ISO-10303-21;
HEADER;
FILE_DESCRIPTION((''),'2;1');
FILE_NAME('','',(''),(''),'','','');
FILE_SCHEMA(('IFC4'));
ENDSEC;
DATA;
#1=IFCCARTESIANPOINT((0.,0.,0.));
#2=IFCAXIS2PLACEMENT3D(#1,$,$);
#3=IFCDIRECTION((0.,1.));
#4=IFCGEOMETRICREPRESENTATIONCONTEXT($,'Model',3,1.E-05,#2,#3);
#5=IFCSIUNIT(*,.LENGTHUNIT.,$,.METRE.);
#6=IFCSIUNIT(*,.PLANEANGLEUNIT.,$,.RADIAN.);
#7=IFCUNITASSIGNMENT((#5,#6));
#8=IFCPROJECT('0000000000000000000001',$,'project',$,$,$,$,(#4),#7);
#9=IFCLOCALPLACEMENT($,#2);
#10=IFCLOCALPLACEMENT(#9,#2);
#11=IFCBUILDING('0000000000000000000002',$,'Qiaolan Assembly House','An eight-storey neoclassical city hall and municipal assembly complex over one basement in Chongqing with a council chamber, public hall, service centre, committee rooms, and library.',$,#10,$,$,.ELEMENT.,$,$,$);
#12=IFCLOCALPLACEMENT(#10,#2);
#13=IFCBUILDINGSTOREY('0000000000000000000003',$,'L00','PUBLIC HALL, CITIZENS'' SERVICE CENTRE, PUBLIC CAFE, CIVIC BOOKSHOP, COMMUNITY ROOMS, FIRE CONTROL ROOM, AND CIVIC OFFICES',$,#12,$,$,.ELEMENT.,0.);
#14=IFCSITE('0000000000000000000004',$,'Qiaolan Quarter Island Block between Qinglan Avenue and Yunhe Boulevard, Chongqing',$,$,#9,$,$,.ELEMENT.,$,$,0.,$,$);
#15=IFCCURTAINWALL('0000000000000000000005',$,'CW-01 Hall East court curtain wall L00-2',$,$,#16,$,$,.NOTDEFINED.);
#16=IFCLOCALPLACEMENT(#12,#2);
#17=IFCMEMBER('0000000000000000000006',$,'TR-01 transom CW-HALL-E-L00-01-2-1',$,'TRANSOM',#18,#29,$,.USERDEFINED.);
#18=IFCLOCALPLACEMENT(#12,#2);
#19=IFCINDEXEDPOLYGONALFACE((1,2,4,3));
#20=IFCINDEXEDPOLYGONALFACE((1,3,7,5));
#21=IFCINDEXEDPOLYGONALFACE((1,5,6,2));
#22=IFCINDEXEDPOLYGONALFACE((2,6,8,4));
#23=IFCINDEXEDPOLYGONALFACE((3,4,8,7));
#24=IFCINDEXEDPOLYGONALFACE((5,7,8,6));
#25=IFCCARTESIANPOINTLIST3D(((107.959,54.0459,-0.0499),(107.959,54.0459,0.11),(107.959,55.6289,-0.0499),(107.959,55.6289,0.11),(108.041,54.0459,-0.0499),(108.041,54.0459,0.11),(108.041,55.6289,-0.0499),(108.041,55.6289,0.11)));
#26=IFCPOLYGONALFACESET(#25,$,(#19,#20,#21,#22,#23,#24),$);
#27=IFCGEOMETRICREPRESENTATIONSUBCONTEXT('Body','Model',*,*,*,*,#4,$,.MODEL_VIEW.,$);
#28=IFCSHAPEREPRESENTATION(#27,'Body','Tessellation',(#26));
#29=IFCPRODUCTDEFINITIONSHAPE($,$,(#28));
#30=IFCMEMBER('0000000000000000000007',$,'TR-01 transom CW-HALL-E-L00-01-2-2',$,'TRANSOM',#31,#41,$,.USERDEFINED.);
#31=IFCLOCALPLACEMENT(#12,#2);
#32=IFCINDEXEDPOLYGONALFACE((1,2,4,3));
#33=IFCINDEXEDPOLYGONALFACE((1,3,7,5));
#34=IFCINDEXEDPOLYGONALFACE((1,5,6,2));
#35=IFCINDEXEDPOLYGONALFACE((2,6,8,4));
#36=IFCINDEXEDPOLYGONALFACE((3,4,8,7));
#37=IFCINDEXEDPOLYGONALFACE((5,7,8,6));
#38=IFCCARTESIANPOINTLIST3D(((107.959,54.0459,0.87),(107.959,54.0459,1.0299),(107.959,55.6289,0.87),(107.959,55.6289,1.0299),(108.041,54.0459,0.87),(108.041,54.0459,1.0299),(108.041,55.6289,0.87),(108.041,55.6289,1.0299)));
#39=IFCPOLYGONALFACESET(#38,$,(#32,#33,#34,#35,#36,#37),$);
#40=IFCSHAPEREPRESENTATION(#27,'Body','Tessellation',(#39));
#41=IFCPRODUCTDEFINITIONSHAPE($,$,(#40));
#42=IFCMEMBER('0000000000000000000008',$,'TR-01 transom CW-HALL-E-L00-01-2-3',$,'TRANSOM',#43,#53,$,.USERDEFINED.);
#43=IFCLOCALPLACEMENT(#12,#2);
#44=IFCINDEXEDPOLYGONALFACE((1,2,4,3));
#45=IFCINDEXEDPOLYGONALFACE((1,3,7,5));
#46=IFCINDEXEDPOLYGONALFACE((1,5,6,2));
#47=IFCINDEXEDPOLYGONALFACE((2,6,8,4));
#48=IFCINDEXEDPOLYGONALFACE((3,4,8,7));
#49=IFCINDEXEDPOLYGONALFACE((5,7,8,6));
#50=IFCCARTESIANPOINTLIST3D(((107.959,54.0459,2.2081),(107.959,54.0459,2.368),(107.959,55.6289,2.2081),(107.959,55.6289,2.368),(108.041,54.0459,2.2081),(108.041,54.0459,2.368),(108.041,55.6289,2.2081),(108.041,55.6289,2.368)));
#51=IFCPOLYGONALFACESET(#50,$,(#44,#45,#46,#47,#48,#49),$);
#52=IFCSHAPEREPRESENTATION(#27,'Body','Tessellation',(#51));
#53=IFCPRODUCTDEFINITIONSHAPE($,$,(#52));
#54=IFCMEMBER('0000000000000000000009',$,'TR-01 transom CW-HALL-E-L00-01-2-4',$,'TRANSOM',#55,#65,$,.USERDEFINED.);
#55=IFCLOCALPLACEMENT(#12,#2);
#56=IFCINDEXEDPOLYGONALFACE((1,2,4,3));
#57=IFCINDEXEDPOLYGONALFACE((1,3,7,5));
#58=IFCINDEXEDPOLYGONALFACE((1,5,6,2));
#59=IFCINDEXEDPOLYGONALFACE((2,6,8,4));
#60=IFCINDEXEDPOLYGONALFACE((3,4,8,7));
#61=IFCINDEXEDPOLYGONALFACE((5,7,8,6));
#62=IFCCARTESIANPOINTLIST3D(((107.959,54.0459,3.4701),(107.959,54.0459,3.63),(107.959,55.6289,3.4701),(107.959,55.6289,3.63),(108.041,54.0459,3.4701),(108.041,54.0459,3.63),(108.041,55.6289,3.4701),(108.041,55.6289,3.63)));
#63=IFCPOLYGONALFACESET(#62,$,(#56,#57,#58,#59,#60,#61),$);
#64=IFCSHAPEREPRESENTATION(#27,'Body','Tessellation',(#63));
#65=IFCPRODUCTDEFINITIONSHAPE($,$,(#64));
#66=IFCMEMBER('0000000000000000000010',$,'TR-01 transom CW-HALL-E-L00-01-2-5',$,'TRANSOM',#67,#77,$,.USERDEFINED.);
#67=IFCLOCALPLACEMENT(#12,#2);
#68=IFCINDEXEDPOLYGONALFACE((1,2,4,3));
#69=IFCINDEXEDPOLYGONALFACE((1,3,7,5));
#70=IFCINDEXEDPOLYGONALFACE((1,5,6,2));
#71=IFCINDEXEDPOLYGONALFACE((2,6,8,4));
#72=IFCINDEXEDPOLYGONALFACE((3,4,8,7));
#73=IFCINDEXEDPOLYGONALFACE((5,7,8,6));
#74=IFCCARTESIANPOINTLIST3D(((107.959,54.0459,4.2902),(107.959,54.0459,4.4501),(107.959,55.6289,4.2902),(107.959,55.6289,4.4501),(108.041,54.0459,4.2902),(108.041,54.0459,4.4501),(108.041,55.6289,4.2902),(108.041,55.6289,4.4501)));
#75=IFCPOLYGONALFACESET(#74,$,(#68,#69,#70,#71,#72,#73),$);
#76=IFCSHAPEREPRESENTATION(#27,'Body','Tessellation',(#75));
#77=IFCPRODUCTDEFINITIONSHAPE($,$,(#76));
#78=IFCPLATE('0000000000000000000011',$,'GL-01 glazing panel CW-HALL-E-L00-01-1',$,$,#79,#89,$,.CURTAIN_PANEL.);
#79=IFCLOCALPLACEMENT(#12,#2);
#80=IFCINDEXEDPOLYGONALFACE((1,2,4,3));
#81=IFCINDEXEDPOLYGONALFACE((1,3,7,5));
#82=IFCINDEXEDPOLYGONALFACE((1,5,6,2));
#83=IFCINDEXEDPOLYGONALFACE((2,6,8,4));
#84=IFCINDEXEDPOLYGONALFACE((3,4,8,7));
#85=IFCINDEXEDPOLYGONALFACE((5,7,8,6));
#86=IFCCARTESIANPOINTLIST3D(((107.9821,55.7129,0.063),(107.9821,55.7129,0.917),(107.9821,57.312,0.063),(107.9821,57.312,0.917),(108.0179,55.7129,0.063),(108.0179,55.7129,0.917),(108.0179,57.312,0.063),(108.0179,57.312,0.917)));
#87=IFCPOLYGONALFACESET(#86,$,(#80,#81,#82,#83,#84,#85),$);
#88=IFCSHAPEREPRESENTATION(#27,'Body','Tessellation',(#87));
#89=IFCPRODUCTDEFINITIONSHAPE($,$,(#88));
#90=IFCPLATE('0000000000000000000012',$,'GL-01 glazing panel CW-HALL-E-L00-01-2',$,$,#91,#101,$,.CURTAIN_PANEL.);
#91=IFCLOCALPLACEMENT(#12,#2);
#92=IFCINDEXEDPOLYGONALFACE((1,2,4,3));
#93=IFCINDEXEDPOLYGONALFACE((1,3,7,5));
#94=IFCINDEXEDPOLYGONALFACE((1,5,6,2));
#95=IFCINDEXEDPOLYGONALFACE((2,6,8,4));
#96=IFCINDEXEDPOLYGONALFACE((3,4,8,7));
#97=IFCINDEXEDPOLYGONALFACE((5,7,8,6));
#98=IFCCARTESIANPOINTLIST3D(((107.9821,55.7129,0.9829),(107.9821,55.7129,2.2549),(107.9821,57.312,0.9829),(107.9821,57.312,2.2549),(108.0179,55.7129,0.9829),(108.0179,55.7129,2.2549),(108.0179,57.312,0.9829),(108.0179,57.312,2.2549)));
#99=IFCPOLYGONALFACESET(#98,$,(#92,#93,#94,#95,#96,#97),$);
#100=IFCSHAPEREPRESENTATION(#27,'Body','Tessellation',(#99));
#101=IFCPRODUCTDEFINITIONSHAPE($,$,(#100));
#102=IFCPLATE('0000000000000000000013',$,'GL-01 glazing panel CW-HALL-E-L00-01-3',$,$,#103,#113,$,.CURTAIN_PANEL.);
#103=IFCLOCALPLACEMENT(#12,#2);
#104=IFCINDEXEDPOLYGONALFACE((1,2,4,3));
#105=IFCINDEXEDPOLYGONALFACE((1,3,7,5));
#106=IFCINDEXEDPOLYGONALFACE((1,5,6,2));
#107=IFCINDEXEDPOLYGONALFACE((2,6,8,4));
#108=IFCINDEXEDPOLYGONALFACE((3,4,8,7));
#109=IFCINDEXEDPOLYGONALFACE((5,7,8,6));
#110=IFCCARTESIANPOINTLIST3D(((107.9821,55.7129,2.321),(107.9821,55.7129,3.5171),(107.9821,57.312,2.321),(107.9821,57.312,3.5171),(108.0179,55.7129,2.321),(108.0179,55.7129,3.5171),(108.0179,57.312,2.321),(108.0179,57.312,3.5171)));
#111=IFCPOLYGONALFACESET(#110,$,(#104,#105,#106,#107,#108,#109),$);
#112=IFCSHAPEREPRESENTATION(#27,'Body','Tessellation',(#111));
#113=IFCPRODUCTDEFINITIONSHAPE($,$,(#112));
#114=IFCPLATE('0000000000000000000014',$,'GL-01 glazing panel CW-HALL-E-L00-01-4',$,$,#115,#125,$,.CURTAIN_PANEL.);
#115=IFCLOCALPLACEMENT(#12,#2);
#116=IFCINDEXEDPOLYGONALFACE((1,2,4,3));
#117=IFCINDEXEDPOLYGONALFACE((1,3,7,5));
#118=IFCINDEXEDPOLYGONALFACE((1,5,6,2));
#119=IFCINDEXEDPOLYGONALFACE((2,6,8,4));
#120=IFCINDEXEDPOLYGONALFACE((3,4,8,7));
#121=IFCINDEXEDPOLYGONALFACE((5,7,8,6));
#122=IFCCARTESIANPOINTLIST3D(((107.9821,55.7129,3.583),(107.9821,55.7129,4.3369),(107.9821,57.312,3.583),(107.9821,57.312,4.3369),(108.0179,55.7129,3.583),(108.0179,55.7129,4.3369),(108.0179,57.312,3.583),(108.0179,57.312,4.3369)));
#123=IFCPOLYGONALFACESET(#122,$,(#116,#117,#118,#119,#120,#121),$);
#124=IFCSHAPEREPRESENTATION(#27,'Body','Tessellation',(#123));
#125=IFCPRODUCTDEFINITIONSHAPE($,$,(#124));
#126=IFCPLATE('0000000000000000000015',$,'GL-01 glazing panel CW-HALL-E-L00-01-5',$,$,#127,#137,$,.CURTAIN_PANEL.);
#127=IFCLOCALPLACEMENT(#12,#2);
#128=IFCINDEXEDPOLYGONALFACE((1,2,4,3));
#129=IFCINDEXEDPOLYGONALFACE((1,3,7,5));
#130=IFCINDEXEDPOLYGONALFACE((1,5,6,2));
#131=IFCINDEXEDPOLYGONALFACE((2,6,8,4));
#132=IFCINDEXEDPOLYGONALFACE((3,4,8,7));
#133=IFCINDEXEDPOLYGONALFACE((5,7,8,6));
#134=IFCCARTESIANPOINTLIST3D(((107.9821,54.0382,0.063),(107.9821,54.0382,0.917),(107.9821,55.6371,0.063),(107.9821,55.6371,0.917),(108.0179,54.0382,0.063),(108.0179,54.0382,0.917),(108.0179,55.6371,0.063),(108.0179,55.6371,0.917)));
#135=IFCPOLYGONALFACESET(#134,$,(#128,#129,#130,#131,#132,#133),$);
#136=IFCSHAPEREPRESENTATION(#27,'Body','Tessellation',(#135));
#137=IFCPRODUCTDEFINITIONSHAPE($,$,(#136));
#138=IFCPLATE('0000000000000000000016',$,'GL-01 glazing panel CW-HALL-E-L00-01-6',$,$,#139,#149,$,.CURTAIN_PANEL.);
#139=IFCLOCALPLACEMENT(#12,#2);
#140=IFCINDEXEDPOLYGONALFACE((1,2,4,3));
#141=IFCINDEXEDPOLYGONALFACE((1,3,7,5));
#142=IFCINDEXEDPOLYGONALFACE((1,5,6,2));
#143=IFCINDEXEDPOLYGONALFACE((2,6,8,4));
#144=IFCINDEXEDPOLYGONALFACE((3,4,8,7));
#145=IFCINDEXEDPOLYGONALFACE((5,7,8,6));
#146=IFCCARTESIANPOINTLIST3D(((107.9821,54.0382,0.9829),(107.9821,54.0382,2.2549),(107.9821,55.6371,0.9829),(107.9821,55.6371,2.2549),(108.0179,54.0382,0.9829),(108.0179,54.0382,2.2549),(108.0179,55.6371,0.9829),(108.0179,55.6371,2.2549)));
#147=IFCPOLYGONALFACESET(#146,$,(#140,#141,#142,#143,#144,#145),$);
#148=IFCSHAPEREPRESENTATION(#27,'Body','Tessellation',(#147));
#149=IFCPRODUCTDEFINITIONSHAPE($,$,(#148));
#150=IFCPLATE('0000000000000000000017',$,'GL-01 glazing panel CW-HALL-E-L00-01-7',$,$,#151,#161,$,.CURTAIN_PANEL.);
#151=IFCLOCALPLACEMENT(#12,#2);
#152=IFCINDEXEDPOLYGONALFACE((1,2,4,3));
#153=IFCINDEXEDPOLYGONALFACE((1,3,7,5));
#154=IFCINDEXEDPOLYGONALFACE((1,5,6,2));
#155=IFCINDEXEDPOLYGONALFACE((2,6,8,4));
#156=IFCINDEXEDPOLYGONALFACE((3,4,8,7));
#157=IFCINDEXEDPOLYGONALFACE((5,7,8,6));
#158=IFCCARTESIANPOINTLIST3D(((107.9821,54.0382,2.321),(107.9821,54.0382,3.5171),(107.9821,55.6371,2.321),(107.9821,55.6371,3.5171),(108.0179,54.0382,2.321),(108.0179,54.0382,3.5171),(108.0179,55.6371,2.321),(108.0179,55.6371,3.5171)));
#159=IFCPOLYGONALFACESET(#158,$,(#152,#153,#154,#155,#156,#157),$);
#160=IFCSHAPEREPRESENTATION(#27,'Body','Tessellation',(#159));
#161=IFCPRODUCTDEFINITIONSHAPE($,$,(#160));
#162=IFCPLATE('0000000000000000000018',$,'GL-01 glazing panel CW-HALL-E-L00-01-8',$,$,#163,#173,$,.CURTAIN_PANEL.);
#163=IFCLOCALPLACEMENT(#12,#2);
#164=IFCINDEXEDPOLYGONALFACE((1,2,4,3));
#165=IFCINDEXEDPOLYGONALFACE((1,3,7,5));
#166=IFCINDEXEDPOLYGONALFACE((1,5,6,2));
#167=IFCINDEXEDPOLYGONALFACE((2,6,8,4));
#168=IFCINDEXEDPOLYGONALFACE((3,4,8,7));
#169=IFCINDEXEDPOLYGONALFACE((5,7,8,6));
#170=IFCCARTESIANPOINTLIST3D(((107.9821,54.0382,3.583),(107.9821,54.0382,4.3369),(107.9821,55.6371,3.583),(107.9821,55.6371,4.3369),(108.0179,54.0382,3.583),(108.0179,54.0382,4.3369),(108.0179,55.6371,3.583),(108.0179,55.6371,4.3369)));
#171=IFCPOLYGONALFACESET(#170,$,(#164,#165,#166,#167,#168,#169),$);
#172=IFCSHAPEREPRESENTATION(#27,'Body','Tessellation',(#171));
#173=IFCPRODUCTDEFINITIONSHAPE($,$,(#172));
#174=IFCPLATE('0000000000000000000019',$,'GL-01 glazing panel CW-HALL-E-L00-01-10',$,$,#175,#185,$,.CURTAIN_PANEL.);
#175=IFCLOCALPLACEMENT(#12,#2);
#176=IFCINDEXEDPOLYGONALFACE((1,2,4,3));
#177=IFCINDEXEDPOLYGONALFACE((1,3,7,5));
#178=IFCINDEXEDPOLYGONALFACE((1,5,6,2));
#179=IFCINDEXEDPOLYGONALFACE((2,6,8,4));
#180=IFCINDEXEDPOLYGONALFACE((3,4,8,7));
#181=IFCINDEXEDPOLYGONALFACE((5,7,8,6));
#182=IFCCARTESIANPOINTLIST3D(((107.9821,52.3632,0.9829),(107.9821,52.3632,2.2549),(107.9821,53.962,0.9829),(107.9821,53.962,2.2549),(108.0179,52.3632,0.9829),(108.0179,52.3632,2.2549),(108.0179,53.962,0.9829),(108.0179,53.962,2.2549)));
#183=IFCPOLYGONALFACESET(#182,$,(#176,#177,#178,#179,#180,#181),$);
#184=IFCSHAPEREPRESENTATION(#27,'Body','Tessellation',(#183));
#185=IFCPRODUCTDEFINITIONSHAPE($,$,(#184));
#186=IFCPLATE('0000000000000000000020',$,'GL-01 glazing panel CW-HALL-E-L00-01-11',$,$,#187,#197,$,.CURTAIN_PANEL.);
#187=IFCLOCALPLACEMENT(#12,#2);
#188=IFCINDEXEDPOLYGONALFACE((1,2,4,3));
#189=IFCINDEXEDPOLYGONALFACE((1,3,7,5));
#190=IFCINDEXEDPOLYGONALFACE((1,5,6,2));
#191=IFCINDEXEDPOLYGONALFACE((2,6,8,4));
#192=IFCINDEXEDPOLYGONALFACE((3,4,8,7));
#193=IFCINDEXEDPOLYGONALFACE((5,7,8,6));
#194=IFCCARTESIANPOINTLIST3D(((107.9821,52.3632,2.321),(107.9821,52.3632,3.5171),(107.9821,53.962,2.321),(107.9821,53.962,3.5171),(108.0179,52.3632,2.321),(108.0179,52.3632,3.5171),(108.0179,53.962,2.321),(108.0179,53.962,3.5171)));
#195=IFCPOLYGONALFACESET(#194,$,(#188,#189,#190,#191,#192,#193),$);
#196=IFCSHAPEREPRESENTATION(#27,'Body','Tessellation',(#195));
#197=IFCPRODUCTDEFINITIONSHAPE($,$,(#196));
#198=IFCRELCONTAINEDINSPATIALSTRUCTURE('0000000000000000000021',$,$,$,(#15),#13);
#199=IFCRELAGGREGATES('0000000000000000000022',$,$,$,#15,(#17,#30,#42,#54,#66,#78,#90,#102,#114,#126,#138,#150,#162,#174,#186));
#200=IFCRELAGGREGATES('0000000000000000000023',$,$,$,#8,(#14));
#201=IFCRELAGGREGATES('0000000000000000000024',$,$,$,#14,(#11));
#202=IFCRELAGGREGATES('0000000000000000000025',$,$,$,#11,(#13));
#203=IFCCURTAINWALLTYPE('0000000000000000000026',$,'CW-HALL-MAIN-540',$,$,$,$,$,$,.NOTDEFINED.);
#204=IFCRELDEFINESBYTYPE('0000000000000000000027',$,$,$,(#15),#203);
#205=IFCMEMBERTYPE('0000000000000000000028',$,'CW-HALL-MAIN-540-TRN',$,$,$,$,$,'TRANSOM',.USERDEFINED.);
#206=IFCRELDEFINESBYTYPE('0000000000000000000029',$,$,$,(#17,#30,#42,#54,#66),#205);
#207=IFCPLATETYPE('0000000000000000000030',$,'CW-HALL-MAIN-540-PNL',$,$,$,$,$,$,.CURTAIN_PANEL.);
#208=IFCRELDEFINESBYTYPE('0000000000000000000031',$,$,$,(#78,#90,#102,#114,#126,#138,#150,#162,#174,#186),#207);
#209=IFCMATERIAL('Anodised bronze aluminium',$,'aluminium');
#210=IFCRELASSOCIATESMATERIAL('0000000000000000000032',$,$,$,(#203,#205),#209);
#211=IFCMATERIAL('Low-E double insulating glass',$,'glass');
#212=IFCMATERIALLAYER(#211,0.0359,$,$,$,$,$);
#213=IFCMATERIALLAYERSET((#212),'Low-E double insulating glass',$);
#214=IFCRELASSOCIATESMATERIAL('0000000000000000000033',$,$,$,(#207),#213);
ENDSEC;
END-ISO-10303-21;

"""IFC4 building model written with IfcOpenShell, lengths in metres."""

from ifc_helpers import new_model, si_unit, direction, frame, frame_2d, origin, origin_2d, place, context, subcontext, project, spatial, rectangle, extrude, material, layer, layer_set, material_profile, profile_set, type_object, element, aggregate, save


model = new_model("IFC4")

# Units and contexts
model_context = context("Model", 3, precision=1e-05, world=origin(), true_north=direction((0.0, 1.0)))
body_context = subcontext(model_context, "Body", "Model", "MODEL_VIEW")
ifc_project = project(units=[si_unit("LENGTHUNIT", "METRE"), si_unit("PLANEANGLEUNIT", "RADIAN")], contexts=[model_context])

# Site, building, storey
site_placement = place(None, origin())
site = spatial("IfcSite", under=ifc_project, at=site_placement, Name="Qiaolan Quarter Island Block between Qinglan Avenue and Yunhe Boulevard, Chongqing", CompositionType="ELEMENT", RefElevation=0.0)
building_placement = place(site_placement, origin())
building = spatial("IfcBuilding", under=site, at=building_placement, Name="Qiaolan Assembly House", Description="An eight-storey neoclassical city hall and municipal assembly complex over one basement in Chongqing with a council chamber, public hall, service centre, committee rooms, and library.", CompositionType="ELEMENT")
storey_placement = place(building_placement, origin())
storey = spatial("IfcBuildingStorey", under=building, at=storey_placement, Name="L00", Description="PUBLIC HALL, CITIZENS' SERVICE CENTRE, PUBLIC CAFE, CIVIC BOOKSHOP, COMMUNITY ROOMS, FIRE CONTROL ROOM, AND CIVIC OFFICES", CompositionType="ELEMENT", Elevation=0.0)

# Curtain wall, members, plates
ifc_material_1 = material(Name="Anodised bronze aluminium", Category="aluminium")
curtain_wall_type = type_object("IfcCurtainWallType", Name="CW-HALL-MAIN-540", PredefinedType="NOTDEFINED", material=ifc_material_1)
curtain_wall_placement = place(storey_placement, origin())
curtain_wall = element("IfcCurtainWall", 1, at=curtain_wall_placement, inside=storey, type_object=curtain_wall_type, Name="CW-01 Hall East court curtain wall L00-2", PredefinedType="NOTDEFINED")
ifc_material_profile_1 = material_profile(ifc_material_1, rectangle(XDim=0.082, YDim=0.1599, at=origin_2d()), Name="TRN 82x160")
ifc_profile_set_1 = profile_set([ifc_material_profile_1], Name="Anodised bronze aluminium")
member_type_1 = type_object("IfcMemberType", Name="CW-HALL-MAIN-540-TRN", ElementType="TRANSOM", PredefinedType="USERDEFINED", material=ifc_profile_set_1)
member_1_placement = place(storey_placement, frame((108.0, 55.6289, 0.03), z_axis=(0.0, -1.0, 0.0), x_axis=(1.0, 0.0, 0.0)))
member_1 = element("IfcMember", 2, at=member_1_placement, type_object=member_type_1, Name="TR-01 transom CW-HALL-E-L00-01-2-1", ObjectType="TRANSOM", PredefinedType="USERDEFINED", context=body_context, shape_type="SweptSolid", body=[
    extrude(rectangle(XDim=0.082, YDim=0.1599, at=origin_2d()), origin(), (0.0, 0.0, 1.0), 1.583),
])
member_2_placement = place(storey_placement, frame((108.0, 55.6289, 0.95), z_axis=(0.0, -1.0, 0.0), x_axis=(1.0, 0.0, 0.0)))
member_2 = element("IfcMember", 3, at=member_2_placement, type_object=member_type_1, Name="TR-01 transom CW-HALL-E-L00-01-2-2", ObjectType="TRANSOM", PredefinedType="USERDEFINED", context=body_context, shape_type="SweptSolid", body=[
    extrude(rectangle(XDim=0.082, YDim=0.1599, at=origin_2d()), origin(), (0.0, 0.0, 1.0), 1.583),
])
member_3_placement = place(storey_placement, frame((108.0, 55.6289, 2.2881), z_axis=(0.0, -1.0, 0.0), x_axis=(1.0, 0.0, 0.0)))
member_3 = element("IfcMember", 4, at=member_3_placement, type_object=member_type_1, Name="TR-01 transom CW-HALL-E-L00-01-2-3", ObjectType="TRANSOM", PredefinedType="USERDEFINED", context=body_context, shape_type="SweptSolid", body=[
    extrude(rectangle(XDim=0.082, YDim=0.1599, at=origin_2d()), origin(), (0.0, 0.0, 1.0), 1.583),
])
member_4_placement = place(storey_placement, frame((108.0, 55.6289, 3.55), z_axis=(0.0, -1.0, 0.0), x_axis=(1.0, 0.0, 0.0)))
member_4 = element("IfcMember", 5, at=member_4_placement, type_object=member_type_1, Name="TR-01 transom CW-HALL-E-L00-01-2-4", ObjectType="TRANSOM", PredefinedType="USERDEFINED", context=body_context, shape_type="SweptSolid", body=[
    extrude(rectangle(XDim=0.082, YDim=0.1599, at=origin_2d()), origin(), (0.0, 0.0, 1.0), 1.583),
])
member_5_placement = place(storey_placement, frame((108.0, 55.6289, 4.3701), z_axis=(0.0, -1.0, 0.0), x_axis=(1.0, 0.0, 0.0)))
member_5 = element("IfcMember", 6, at=member_5_placement, type_object=member_type_1, Name="TR-01 transom CW-HALL-E-L00-01-2-5", ObjectType="TRANSOM", PredefinedType="USERDEFINED", context=body_context, shape_type="SweptSolid", body=[
    extrude(rectangle(XDim=0.082, YDim=0.1599, at=origin_2d()), origin(), (0.0, 0.0, 1.0), 1.583),
])
ifc_material_2 = material(Name="Low-E double insulating glass", Category="glass")
ifc_layer = layer(ifc_material_2, 0.0359)
ifc_layer_set = layer_set([ifc_layer], Name="Low-E double insulating glass")
plate_type = type_object("IfcPlateType", Name="CW-HALL-MAIN-540-PNL", PredefinedType="CURTAIN_PANEL", material=ifc_layer_set)
plate_1_placement = place(storey_placement, frame((108.0, 57.312, 0.063), z_axis=(0.0, 0.0, 1.0), x_axis=(0.0, -1.0, 0.0)))
plate_1 = element("IfcPlate", 7, at=plate_1_placement, type_object=plate_type, Name="GL-01 glazing panel CW-HALL-E-L00-01-1", PredefinedType="CURTAIN_PANEL", context=body_context, shape_type="SweptSolid", body=[
    extrude(rectangle(XDim=1.5991, YDim=0.0359, at=frame_2d((0.7996, 0.0))), origin(), (0.0, 0.0, 1.0), 0.854),
])
plate_2_placement = place(storey_placement, frame((108.0, 57.312, 0.9829), z_axis=(0.0, 0.0, 1.0), x_axis=(0.0, -1.0, 0.0)))
plate_2 = element("IfcPlate", 8, at=plate_2_placement, type_object=plate_type, Name="GL-01 glazing panel CW-HALL-E-L00-01-2", PredefinedType="CURTAIN_PANEL", context=body_context, shape_type="SweptSolid", body=[
    extrude(rectangle(XDim=1.5991, YDim=0.0359, at=frame_2d((0.7996, 0.0))), origin(), (0.0, 0.0, 1.0), 1.272),
])
plate_3_placement = place(storey_placement, frame((108.0, 57.312, 2.321), z_axis=(0.0, 0.0, 1.0), x_axis=(0.0, -1.0, 0.0)))
plate_3 = element("IfcPlate", 9, at=plate_3_placement, type_object=plate_type, Name="GL-01 glazing panel CW-HALL-E-L00-01-3", PredefinedType="CURTAIN_PANEL", context=body_context, shape_type="SweptSolid", body=[
    extrude(rectangle(XDim=1.5991, YDim=0.0359, at=frame_2d((0.7996, 0.0))), origin(), (0.0, 0.0, 1.0), 1.196),
])
plate_4_placement = place(storey_placement, frame((108.0, 57.312, 3.583), z_axis=(0.0, 0.0, 1.0), x_axis=(0.0, -1.0, 0.0)))
plate_4 = element("IfcPlate", 10, at=plate_4_placement, type_object=plate_type, Name="GL-01 glazing panel CW-HALL-E-L00-01-4", PredefinedType="CURTAIN_PANEL", context=body_context, shape_type="SweptSolid", body=[
    extrude(rectangle(XDim=1.5991, YDim=0.0359, at=frame_2d((0.7996, 0.0))), origin(), (0.0, 0.0, 1.0), 0.7539),
])
plate_5_placement = place(storey_placement, frame((108.0, 55.637, 0.063), z_axis=(0.0, 0.0, 1.0), x_axis=(0.0, -1.0, 0.0)))
plate_5 = element("IfcPlate", 11, at=plate_5_placement, type_object=plate_type, Name="GL-01 glazing panel CW-HALL-E-L00-01-5", PredefinedType="CURTAIN_PANEL", context=body_context, shape_type="SweptSolid", body=[
    extrude(rectangle(XDim=1.5989, YDim=0.0359, at=frame_2d((0.7993, 0.0))), origin(), (0.0, 0.0, 1.0), 0.854),
])
plate_6_placement = place(storey_placement, frame((108.0, 55.637, 0.9829), z_axis=(0.0, 0.0, 1.0), x_axis=(0.0, -1.0, 0.0)))
plate_6 = element("IfcPlate", 12, at=plate_6_placement, type_object=plate_type, Name="GL-01 glazing panel CW-HALL-E-L00-01-6", PredefinedType="CURTAIN_PANEL", context=body_context, shape_type="SweptSolid", body=[
    extrude(rectangle(XDim=1.5989, YDim=0.0359, at=frame_2d((0.7993, 0.0))), origin(), (0.0, 0.0, 1.0), 1.272),
])
plate_7_placement = place(storey_placement, frame((108.0, 55.637, 2.321), z_axis=(0.0, 0.0, 1.0), x_axis=(0.0, -1.0, 0.0)))
plate_7 = element("IfcPlate", 13, at=plate_7_placement, type_object=plate_type, Name="GL-01 glazing panel CW-HALL-E-L00-01-7", PredefinedType="CURTAIN_PANEL", context=body_context, shape_type="SweptSolid", body=[
    extrude(rectangle(XDim=1.5989, YDim=0.0359, at=frame_2d((0.7993, 0.0))), origin(), (0.0, 0.0, 1.0), 1.196),
])
plate_8_placement = place(storey_placement, frame((108.0, 55.637, 3.583), z_axis=(0.0, 0.0, 1.0), x_axis=(0.0, -1.0, 0.0)))
plate_8 = element("IfcPlate", 14, at=plate_8_placement, type_object=plate_type, Name="GL-01 glazing panel CW-HALL-E-L00-01-8", PredefinedType="CURTAIN_PANEL", context=body_context, shape_type="SweptSolid", body=[
    extrude(rectangle(XDim=1.5989, YDim=0.0359, at=frame_2d((0.7993, 0.0))), origin(), (0.0, 0.0, 1.0), 0.7539),
])
plate_9_placement = place(storey_placement, frame((108.0, 53.9619, 0.9829), z_axis=(0.0, 0.0, 1.0), x_axis=(0.0, -1.0, 0.0)))
plate_9 = element("IfcPlate", 15, at=plate_9_placement, type_object=plate_type, Name="GL-01 glazing panel CW-HALL-E-L00-01-10", PredefinedType="CURTAIN_PANEL", context=body_context, shape_type="SweptSolid", body=[
    extrude(rectangle(XDim=1.5989, YDim=0.0359, at=frame_2d((0.7993, 0.0))), origin(), (0.0, 0.0, 1.0), 1.272),
])
plate_10_placement = place(storey_placement, frame((108.0, 53.9619, 2.321), z_axis=(0.0, 0.0, 1.0), x_axis=(0.0, -1.0, 0.0)))
plate_10 = element("IfcPlate", 16, at=plate_10_placement, type_object=plate_type, Name="GL-01 glazing panel CW-HALL-E-L00-01-11", PredefinedType="CURTAIN_PANEL", context=body_context, shape_type="SweptSolid", body=[
    extrude(rectangle(XDim=1.5989, YDim=0.0359, at=frame_2d((0.7993, 0.0))), origin(), (0.0, 0.0, 1.0), 1.196),
])
aggregate(curtain_wall, [member_1, member_2, member_3, member_4, member_5, plate_1, plate_2, plate_3, plate_4, plate_5, plate_6, plate_7, plate_8, plate_9, plate_10])

save(model, "model.ifc")
